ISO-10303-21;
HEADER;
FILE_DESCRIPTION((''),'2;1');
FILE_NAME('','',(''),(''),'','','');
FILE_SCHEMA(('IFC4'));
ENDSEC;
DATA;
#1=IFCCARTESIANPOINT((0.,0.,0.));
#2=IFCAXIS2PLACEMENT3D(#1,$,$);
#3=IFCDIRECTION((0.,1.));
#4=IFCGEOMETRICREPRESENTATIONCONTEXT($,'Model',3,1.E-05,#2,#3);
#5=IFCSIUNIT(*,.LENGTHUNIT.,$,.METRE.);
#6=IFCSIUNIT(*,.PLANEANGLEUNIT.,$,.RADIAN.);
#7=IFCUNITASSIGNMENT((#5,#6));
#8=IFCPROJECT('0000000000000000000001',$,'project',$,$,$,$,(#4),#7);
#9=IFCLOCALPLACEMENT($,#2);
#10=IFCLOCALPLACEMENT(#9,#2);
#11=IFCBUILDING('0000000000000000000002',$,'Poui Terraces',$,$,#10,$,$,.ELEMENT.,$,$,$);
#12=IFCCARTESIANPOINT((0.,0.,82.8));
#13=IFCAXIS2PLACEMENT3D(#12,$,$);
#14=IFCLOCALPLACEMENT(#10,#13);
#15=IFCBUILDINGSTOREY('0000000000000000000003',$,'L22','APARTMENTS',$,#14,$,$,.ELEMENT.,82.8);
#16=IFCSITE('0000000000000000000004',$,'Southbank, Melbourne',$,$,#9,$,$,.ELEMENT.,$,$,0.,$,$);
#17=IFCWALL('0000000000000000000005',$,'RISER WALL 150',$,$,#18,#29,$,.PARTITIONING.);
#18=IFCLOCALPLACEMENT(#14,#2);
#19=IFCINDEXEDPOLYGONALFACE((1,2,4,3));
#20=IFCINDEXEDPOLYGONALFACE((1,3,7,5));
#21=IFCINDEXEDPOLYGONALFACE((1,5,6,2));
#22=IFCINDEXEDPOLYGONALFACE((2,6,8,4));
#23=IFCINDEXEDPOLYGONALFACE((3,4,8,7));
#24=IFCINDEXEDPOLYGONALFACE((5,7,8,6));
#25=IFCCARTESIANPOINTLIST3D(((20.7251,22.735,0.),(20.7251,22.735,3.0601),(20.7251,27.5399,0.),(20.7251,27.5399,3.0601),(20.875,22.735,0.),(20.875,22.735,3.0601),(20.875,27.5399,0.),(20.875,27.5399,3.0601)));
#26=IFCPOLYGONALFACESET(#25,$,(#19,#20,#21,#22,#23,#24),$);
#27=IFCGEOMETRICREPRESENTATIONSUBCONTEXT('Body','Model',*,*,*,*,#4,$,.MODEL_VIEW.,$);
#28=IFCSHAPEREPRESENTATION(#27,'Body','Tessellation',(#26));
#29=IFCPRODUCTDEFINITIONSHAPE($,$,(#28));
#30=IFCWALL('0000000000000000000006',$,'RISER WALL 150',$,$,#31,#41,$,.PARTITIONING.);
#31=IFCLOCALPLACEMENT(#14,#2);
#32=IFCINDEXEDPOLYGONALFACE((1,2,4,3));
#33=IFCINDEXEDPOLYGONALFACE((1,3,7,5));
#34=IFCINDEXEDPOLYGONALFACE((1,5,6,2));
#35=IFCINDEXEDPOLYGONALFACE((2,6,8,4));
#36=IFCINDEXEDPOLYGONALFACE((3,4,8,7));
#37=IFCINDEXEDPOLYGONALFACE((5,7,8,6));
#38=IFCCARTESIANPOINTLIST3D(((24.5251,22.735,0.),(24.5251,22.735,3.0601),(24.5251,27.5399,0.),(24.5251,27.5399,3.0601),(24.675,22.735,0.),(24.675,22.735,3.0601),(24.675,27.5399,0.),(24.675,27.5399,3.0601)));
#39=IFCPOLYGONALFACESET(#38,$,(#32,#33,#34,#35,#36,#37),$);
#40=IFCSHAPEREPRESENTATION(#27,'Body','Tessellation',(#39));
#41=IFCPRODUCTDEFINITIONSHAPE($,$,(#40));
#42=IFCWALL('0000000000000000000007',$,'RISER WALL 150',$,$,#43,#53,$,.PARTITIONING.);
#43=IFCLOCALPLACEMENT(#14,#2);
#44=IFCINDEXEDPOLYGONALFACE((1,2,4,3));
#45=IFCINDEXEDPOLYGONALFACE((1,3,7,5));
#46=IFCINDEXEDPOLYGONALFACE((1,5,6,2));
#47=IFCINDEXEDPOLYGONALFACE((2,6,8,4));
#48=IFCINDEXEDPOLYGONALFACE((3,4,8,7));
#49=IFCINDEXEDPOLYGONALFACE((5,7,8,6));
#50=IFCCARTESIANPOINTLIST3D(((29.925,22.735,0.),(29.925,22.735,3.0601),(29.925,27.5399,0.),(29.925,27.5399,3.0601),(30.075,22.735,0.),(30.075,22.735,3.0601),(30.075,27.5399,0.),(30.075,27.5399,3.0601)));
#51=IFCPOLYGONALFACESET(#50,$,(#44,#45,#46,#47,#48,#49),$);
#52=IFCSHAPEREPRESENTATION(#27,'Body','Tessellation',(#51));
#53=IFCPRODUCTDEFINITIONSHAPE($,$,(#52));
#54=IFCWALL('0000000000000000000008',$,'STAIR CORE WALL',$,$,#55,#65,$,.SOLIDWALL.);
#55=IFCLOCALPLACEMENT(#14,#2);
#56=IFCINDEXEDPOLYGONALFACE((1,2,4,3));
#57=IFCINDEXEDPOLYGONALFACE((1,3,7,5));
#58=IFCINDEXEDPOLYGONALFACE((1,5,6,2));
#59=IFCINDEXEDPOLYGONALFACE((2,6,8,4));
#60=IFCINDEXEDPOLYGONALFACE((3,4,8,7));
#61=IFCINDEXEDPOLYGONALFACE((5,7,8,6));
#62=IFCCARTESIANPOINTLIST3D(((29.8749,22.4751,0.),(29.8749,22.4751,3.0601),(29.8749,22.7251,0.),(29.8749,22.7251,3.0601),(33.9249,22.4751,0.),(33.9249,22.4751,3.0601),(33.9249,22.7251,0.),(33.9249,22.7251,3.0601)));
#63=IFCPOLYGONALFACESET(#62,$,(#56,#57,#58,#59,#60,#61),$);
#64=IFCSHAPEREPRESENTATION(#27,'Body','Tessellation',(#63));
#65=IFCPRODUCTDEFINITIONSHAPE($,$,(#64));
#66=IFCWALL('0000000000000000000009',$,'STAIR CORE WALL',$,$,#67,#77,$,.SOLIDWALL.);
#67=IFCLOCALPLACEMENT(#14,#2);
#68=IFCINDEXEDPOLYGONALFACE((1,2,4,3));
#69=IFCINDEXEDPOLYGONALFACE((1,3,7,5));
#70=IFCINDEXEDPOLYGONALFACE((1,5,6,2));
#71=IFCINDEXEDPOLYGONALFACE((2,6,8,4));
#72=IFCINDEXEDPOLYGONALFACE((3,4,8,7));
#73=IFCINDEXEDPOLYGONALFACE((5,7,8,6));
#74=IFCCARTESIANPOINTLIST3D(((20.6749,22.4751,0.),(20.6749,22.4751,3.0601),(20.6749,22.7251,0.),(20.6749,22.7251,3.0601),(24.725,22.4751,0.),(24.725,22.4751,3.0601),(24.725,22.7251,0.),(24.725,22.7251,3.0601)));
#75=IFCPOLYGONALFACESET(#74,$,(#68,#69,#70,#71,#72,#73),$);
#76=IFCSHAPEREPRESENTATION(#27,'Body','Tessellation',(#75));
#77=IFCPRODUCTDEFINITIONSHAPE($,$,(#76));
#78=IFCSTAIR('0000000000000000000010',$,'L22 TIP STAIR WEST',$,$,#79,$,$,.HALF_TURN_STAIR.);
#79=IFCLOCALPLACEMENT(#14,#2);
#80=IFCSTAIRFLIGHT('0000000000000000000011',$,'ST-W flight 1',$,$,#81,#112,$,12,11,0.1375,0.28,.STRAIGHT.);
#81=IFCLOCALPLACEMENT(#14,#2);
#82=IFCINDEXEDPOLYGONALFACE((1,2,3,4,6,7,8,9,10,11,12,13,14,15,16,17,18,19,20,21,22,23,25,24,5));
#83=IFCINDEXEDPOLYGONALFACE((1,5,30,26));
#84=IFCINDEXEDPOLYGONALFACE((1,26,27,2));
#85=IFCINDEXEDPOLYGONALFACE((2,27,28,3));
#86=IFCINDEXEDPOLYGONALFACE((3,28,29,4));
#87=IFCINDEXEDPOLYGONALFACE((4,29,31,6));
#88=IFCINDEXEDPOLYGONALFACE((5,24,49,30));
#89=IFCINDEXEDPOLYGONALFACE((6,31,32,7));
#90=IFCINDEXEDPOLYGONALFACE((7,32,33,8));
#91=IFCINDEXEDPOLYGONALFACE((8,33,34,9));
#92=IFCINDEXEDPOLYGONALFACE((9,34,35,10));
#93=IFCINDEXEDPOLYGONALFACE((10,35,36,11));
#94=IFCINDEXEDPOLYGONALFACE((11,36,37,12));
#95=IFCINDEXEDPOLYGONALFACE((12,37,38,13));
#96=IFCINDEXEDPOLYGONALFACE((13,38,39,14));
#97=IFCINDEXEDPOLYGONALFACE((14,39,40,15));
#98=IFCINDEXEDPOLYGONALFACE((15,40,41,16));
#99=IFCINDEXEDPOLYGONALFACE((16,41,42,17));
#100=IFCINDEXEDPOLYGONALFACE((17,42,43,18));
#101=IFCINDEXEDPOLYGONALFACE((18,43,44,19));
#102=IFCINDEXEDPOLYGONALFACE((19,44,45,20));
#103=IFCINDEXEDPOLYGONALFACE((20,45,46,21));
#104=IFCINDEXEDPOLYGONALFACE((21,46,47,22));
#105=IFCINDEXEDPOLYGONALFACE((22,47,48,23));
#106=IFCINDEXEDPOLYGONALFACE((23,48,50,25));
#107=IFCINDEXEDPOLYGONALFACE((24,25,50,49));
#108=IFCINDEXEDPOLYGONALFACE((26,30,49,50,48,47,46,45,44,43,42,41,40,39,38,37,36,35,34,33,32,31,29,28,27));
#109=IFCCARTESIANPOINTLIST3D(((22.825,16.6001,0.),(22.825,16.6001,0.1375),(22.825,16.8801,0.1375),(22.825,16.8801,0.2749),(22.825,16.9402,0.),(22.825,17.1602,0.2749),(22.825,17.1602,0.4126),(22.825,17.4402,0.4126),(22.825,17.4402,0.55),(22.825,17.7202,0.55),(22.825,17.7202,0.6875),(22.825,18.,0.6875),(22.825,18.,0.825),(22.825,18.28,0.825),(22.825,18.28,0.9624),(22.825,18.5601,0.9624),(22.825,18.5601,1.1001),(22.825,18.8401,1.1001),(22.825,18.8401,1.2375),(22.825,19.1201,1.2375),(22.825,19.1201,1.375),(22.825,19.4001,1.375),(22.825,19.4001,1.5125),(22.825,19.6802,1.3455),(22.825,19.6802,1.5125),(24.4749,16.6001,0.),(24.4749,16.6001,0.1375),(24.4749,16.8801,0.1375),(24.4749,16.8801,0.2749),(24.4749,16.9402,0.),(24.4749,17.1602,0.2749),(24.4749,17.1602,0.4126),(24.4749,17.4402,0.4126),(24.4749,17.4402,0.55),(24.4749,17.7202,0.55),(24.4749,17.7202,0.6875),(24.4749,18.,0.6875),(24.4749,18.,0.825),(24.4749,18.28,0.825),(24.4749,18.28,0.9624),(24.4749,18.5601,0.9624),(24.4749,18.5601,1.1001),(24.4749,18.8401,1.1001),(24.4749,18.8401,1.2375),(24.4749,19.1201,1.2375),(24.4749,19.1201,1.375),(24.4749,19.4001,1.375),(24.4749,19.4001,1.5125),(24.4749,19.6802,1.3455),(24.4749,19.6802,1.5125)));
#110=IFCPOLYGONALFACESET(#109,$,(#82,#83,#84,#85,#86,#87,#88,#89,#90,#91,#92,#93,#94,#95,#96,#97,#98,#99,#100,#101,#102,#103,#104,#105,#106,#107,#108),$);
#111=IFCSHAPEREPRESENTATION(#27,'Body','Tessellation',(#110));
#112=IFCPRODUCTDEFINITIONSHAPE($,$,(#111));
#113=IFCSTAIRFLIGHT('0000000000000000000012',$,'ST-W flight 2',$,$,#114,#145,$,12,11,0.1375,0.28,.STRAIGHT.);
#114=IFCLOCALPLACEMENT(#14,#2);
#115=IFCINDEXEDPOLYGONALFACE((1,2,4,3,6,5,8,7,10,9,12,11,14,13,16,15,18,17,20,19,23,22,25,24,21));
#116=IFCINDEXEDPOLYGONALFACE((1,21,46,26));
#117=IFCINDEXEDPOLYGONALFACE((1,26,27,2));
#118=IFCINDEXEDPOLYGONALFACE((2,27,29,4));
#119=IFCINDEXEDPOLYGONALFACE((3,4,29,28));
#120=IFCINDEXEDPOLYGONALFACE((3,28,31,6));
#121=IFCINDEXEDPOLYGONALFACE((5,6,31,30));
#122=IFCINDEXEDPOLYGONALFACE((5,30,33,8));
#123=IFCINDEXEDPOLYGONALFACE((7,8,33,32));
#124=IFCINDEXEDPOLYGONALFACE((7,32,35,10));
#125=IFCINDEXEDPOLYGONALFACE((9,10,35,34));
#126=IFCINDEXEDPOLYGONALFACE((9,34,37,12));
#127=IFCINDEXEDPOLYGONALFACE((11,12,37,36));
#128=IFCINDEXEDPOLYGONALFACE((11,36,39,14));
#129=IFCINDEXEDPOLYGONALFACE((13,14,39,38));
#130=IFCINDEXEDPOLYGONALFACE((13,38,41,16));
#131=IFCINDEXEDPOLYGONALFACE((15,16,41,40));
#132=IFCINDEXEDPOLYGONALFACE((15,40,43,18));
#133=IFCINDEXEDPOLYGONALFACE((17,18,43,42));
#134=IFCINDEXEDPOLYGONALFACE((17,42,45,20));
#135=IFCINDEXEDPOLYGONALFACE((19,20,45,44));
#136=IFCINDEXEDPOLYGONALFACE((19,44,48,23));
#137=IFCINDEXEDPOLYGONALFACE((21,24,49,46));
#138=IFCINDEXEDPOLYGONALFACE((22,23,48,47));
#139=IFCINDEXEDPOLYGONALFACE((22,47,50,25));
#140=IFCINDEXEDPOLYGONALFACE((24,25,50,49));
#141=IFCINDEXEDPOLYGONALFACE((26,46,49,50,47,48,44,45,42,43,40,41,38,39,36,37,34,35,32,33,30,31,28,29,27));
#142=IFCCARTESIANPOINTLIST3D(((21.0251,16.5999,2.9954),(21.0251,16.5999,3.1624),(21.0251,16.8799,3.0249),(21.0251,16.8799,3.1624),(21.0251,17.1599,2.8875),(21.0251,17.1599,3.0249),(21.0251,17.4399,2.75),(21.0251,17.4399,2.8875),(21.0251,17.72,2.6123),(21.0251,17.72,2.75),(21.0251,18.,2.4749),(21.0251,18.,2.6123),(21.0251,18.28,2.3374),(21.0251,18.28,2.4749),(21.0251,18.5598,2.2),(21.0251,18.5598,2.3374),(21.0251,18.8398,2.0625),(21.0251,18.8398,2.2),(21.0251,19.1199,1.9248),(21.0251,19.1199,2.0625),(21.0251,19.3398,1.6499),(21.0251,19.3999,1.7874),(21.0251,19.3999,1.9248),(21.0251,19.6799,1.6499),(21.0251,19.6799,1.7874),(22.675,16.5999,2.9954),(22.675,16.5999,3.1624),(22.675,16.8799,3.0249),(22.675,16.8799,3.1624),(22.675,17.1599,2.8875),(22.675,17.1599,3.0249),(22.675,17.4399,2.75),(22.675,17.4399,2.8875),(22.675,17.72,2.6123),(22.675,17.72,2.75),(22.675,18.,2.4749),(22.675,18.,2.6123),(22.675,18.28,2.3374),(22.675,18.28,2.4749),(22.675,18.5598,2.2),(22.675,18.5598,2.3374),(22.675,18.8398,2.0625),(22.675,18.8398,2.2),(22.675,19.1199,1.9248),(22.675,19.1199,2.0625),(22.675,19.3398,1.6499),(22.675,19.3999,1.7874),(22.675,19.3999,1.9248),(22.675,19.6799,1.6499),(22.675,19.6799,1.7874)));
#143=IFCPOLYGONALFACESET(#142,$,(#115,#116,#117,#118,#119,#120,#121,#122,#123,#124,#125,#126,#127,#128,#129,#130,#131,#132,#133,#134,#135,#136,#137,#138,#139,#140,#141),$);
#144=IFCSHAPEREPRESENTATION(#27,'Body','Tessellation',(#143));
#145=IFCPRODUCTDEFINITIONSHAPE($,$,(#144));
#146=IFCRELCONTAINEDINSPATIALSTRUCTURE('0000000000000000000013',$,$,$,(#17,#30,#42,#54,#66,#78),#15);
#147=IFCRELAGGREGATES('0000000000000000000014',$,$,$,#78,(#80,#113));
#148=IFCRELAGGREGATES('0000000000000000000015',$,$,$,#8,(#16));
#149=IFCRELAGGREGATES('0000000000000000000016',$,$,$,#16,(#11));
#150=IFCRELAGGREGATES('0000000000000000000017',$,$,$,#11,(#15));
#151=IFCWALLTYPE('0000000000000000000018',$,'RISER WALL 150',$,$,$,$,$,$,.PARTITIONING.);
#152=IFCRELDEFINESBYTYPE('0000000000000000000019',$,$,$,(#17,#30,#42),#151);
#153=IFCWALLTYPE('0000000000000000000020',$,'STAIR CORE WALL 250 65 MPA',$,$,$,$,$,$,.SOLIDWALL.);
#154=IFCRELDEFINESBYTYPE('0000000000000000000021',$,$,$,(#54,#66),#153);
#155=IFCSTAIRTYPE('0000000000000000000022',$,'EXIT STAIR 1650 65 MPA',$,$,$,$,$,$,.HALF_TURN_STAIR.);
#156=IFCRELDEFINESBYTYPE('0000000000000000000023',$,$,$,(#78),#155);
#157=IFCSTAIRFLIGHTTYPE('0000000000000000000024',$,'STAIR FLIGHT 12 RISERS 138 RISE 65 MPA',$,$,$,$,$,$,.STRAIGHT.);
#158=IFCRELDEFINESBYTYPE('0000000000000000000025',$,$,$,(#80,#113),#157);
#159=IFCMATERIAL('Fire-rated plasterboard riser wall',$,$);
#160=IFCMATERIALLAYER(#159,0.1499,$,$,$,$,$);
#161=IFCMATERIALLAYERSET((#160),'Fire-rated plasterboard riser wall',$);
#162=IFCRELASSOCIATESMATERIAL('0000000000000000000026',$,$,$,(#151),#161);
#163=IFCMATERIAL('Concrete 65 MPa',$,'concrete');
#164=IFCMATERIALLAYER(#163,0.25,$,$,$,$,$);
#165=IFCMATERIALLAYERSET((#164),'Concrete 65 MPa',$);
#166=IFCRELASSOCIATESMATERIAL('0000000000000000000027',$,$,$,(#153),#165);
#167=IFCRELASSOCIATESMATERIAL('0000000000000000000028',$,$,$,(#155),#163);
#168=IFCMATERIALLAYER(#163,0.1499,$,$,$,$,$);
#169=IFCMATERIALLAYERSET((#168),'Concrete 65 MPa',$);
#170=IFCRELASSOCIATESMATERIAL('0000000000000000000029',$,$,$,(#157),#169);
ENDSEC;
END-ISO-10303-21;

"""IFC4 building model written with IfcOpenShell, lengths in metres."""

from ifc_helpers import new_model, si_unit, direction, frame, frame_2d, origin, place, context, subcontext, project, spatial, polyline, rectangle, outline, extrude, material, layer, layer_set, type_object, element, aggregate, save


model = new_model("IFC4")

# Units and contexts
model_context = context("Model", 3, precision=1e-05, world=origin(), true_north=direction((0.0, 1.0)))
body_context = subcontext(model_context, "Body", "Model", "MODEL_VIEW")
ifc_project = project(units=[si_unit("LENGTHUNIT", "METRE"), si_unit("PLANEANGLEUNIT", "RADIAN")], contexts=[model_context])

# Site, building, storey
site_placement = place(None, origin())
site = spatial("IfcSite", under=ifc_project, at=site_placement, Name="Southbank, Melbourne", CompositionType="ELEMENT", RefElevation=0.0)
building_placement = place(site_placement, origin())
building = spatial("IfcBuilding", under=site, at=building_placement, Name="Poui Terraces", CompositionType="ELEMENT")
storey_placement = place(building_placement, frame((0.0, 0.0, 82.8)))
storey = spatial("IfcBuildingStorey", under=building, at=storey_placement, Name="L22", Description="APARTMENTS", CompositionType="ELEMENT", Elevation=82.8)

# Walls
ifc_material_1 = material(Name="Fire-rated plasterboard riser wall")
ifc_layer_1 = layer(ifc_material_1, 0.1499)
ifc_layer_set_1 = layer_set([ifc_layer_1], Name="Fire-rated plasterboard riser wall")
wall_type_1 = type_object("IfcWallType", Name="RISER WALL 150", PredefinedType="PARTITIONING", material=ifc_layer_set_1)
for number, where, z_axis, x_axis, name in (
    (1, (20.8, 22.7351, 0.0), (0.0, 0.0, 1.0), (0.0, 1.0, 0.0), "RISER WALL 150"),
    (2, (24.6001, 22.7351, 0.0), (0.0, 0.0, 1.0), (0.0, 1.0, 0.0), "RISER WALL 150"),
    (3, (30.0, 22.7351, 0.0), (0.0, 0.0, 1.0), (0.0, 1.0, 0.0), "RISER WALL 150"),
):
    element("IfcWall", number, at=place(storey_placement, frame(where, z_axis=z_axis, x_axis=x_axis)), inside=storey, type_object=wall_type_1, Name=name, PredefinedType="PARTITIONING", context=body_context, shape_type="SweptSolid", body=[
        extrude(rectangle(XDim=4.8049, YDim=0.1499, at=frame_2d((2.4023, 0.0))), origin(), (0.0, 0.0, 1.0), 3.0601),
    ])
ifc_material_2 = material(Name="Concrete 65 MPa", Category="concrete")
ifc_layer_2 = layer(ifc_material_2, 0.25)
ifc_layer_set_2 = layer_set([ifc_layer_2], Name="Concrete 65 MPa")
wall_type_2 = type_object("IfcWallType", Name="STAIR CORE WALL 250 65 MPA", PredefinedType="SOLIDWALL", material=ifc_layer_set_2)
for number, where, z_axis, x_axis, name in (
    (4, (29.875, 22.6001, 0.0), (0.0, 0.0, 1.0), (1.0, 0.0, 0.0), "STAIR CORE WALL"),
    (5, (20.675, 22.6001, 0.0), (0.0, 0.0, 1.0), (1.0, 0.0, 0.0), "STAIR CORE WALL"),
):
    element("IfcWall", number, at=place(storey_placement, frame(where, z_axis=z_axis, x_axis=x_axis)), inside=storey, type_object=wall_type_2, Name=name, PredefinedType="SOLIDWALL", context=body_context, shape_type="SweptSolid", body=[
        extrude(rectangle(XDim=4.05, YDim=0.25, at=frame_2d((2.0249, 0.0))), origin(), (0.0, 0.0, 1.0), 3.0601),
    ])

# Stair, stair flights
stair_type = type_object("IfcStairType", Name="EXIT STAIR 1650 65 MPA", PredefinedType="HALF_TURN_STAIR", material=ifc_material_2)
stair_placement = place(storey_placement, origin())
stair = element("IfcStair", 6, at=stair_placement, inside=storey, type_object=stair_type, Name="L22 TIP STAIR WEST", PredefinedType="HALF_TURN_STAIR")
ifc_layer_3 = layer(ifc_material_2, 0.1499)
ifc_layer_set_3 = layer_set([ifc_layer_3], Name="Concrete 65 MPa")
stair_flight_type = type_object("IfcStairFlightType", Name="STAIR FLIGHT 12 RISERS 138 RISE 65 MPA", PredefinedType="STRAIGHT", material=ifc_layer_set_3)
stair_flight_1_placement = place(storey_placement, frame((23.6499, 16.6001, 0.0), z_axis=(0.0, 0.0, 1.0), x_axis=(0.0, 1.0, 0.0)))
stair_flight_1 = element("IfcStairFlight", 7, at=stair_flight_1_placement, type_object=stair_flight_type, Name="ST-W flight 1", NumberOfRisers=12, NumberOfTreads=11, PredefinedType="STRAIGHT", RiserHeight=0.1375, TreadLength=0.28, context=body_context, shape_type="SweptSolid", body=[
    extrude(outline(polyline([(0.0, 0.0), (0.0, 0.1375), (0.28, 0.1375), (0.28, 0.2749), (0.5601, 0.2749), (0.5601, 0.4126), (0.8401, 0.4126), (0.8401, 0.55), (1.1201, 0.55), (1.1201, 0.6875), (1.3999, 0.6875), (1.3999, 0.825), (1.6799, 0.825), (1.6799, 0.9624), (1.96, 0.9624), (1.96, 1.1001), (2.24, 1.1001), (2.24, 1.2375), (2.52, 1.2375), (2.52, 1.375), (2.8, 1.375), (2.8, 1.5125), (3.0801, 1.5125), (3.0801, 1.6499), (3.0801, 1.3455), (0.3401, 0.0), (0.0, 0.0)])), frame((0.0, 0.825, 0.0), z_axis=(0.0, -1.0, 0.0), x_axis=(1.0, 0.0, 0.0)), (0.0, 0.0, 1.0), 1.6499),
])
stair_flight_2_placement = place(storey_placement, frame((21.8501, 19.6799, 1.6499), z_axis=(0.0, 0.0, 1.0), x_axis=(0.0, -1.0, 0.0)))
stair_flight_2 = element("IfcStairFlight", 8, at=stair_flight_2_placement, type_object=stair_flight_type, Name="ST-W flight 2", NumberOfRisers=12, NumberOfTreads=11, PredefinedType="STRAIGHT", RiserHeight=0.1375, TreadLength=0.28, context=body_context, shape_type="SweptSolid", body=[
    extrude(outline(polyline([(0.0, 0.0), (0.0, 0.1375), (0.28, 0.1375), (0.28, 0.2749), (0.5601, 0.2749), (0.5601, 0.4126), (0.8401, 0.4126), (0.8401, 0.55), (1.1201, 0.55), (1.1201, 0.6875), (1.3999, 0.6875), (1.3999, 0.825), (1.6799, 0.825), (1.6799, 0.9624), (1.96, 0.9624), (1.96, 1.1001), (2.24, 1.1001), (2.24, 1.2375), (2.52, 1.2375), (2.52, 1.375), (2.8, 1.375), (2.8, 1.5125), (3.0801, 1.5125), (3.0801, 1.6499), (3.0801, 1.3455), (0.3401, 0.0), (0.0, 0.0)])), frame((0.0, 0.825, 0.0), z_axis=(0.0, -1.0, 0.0), x_axis=(1.0, 0.0, 0.0)), (0.0, 0.0, 1.0), 1.6499),
])
aggregate(stair, [stair_flight_1, stair_flight_2])

save(model, "model.ifc")
